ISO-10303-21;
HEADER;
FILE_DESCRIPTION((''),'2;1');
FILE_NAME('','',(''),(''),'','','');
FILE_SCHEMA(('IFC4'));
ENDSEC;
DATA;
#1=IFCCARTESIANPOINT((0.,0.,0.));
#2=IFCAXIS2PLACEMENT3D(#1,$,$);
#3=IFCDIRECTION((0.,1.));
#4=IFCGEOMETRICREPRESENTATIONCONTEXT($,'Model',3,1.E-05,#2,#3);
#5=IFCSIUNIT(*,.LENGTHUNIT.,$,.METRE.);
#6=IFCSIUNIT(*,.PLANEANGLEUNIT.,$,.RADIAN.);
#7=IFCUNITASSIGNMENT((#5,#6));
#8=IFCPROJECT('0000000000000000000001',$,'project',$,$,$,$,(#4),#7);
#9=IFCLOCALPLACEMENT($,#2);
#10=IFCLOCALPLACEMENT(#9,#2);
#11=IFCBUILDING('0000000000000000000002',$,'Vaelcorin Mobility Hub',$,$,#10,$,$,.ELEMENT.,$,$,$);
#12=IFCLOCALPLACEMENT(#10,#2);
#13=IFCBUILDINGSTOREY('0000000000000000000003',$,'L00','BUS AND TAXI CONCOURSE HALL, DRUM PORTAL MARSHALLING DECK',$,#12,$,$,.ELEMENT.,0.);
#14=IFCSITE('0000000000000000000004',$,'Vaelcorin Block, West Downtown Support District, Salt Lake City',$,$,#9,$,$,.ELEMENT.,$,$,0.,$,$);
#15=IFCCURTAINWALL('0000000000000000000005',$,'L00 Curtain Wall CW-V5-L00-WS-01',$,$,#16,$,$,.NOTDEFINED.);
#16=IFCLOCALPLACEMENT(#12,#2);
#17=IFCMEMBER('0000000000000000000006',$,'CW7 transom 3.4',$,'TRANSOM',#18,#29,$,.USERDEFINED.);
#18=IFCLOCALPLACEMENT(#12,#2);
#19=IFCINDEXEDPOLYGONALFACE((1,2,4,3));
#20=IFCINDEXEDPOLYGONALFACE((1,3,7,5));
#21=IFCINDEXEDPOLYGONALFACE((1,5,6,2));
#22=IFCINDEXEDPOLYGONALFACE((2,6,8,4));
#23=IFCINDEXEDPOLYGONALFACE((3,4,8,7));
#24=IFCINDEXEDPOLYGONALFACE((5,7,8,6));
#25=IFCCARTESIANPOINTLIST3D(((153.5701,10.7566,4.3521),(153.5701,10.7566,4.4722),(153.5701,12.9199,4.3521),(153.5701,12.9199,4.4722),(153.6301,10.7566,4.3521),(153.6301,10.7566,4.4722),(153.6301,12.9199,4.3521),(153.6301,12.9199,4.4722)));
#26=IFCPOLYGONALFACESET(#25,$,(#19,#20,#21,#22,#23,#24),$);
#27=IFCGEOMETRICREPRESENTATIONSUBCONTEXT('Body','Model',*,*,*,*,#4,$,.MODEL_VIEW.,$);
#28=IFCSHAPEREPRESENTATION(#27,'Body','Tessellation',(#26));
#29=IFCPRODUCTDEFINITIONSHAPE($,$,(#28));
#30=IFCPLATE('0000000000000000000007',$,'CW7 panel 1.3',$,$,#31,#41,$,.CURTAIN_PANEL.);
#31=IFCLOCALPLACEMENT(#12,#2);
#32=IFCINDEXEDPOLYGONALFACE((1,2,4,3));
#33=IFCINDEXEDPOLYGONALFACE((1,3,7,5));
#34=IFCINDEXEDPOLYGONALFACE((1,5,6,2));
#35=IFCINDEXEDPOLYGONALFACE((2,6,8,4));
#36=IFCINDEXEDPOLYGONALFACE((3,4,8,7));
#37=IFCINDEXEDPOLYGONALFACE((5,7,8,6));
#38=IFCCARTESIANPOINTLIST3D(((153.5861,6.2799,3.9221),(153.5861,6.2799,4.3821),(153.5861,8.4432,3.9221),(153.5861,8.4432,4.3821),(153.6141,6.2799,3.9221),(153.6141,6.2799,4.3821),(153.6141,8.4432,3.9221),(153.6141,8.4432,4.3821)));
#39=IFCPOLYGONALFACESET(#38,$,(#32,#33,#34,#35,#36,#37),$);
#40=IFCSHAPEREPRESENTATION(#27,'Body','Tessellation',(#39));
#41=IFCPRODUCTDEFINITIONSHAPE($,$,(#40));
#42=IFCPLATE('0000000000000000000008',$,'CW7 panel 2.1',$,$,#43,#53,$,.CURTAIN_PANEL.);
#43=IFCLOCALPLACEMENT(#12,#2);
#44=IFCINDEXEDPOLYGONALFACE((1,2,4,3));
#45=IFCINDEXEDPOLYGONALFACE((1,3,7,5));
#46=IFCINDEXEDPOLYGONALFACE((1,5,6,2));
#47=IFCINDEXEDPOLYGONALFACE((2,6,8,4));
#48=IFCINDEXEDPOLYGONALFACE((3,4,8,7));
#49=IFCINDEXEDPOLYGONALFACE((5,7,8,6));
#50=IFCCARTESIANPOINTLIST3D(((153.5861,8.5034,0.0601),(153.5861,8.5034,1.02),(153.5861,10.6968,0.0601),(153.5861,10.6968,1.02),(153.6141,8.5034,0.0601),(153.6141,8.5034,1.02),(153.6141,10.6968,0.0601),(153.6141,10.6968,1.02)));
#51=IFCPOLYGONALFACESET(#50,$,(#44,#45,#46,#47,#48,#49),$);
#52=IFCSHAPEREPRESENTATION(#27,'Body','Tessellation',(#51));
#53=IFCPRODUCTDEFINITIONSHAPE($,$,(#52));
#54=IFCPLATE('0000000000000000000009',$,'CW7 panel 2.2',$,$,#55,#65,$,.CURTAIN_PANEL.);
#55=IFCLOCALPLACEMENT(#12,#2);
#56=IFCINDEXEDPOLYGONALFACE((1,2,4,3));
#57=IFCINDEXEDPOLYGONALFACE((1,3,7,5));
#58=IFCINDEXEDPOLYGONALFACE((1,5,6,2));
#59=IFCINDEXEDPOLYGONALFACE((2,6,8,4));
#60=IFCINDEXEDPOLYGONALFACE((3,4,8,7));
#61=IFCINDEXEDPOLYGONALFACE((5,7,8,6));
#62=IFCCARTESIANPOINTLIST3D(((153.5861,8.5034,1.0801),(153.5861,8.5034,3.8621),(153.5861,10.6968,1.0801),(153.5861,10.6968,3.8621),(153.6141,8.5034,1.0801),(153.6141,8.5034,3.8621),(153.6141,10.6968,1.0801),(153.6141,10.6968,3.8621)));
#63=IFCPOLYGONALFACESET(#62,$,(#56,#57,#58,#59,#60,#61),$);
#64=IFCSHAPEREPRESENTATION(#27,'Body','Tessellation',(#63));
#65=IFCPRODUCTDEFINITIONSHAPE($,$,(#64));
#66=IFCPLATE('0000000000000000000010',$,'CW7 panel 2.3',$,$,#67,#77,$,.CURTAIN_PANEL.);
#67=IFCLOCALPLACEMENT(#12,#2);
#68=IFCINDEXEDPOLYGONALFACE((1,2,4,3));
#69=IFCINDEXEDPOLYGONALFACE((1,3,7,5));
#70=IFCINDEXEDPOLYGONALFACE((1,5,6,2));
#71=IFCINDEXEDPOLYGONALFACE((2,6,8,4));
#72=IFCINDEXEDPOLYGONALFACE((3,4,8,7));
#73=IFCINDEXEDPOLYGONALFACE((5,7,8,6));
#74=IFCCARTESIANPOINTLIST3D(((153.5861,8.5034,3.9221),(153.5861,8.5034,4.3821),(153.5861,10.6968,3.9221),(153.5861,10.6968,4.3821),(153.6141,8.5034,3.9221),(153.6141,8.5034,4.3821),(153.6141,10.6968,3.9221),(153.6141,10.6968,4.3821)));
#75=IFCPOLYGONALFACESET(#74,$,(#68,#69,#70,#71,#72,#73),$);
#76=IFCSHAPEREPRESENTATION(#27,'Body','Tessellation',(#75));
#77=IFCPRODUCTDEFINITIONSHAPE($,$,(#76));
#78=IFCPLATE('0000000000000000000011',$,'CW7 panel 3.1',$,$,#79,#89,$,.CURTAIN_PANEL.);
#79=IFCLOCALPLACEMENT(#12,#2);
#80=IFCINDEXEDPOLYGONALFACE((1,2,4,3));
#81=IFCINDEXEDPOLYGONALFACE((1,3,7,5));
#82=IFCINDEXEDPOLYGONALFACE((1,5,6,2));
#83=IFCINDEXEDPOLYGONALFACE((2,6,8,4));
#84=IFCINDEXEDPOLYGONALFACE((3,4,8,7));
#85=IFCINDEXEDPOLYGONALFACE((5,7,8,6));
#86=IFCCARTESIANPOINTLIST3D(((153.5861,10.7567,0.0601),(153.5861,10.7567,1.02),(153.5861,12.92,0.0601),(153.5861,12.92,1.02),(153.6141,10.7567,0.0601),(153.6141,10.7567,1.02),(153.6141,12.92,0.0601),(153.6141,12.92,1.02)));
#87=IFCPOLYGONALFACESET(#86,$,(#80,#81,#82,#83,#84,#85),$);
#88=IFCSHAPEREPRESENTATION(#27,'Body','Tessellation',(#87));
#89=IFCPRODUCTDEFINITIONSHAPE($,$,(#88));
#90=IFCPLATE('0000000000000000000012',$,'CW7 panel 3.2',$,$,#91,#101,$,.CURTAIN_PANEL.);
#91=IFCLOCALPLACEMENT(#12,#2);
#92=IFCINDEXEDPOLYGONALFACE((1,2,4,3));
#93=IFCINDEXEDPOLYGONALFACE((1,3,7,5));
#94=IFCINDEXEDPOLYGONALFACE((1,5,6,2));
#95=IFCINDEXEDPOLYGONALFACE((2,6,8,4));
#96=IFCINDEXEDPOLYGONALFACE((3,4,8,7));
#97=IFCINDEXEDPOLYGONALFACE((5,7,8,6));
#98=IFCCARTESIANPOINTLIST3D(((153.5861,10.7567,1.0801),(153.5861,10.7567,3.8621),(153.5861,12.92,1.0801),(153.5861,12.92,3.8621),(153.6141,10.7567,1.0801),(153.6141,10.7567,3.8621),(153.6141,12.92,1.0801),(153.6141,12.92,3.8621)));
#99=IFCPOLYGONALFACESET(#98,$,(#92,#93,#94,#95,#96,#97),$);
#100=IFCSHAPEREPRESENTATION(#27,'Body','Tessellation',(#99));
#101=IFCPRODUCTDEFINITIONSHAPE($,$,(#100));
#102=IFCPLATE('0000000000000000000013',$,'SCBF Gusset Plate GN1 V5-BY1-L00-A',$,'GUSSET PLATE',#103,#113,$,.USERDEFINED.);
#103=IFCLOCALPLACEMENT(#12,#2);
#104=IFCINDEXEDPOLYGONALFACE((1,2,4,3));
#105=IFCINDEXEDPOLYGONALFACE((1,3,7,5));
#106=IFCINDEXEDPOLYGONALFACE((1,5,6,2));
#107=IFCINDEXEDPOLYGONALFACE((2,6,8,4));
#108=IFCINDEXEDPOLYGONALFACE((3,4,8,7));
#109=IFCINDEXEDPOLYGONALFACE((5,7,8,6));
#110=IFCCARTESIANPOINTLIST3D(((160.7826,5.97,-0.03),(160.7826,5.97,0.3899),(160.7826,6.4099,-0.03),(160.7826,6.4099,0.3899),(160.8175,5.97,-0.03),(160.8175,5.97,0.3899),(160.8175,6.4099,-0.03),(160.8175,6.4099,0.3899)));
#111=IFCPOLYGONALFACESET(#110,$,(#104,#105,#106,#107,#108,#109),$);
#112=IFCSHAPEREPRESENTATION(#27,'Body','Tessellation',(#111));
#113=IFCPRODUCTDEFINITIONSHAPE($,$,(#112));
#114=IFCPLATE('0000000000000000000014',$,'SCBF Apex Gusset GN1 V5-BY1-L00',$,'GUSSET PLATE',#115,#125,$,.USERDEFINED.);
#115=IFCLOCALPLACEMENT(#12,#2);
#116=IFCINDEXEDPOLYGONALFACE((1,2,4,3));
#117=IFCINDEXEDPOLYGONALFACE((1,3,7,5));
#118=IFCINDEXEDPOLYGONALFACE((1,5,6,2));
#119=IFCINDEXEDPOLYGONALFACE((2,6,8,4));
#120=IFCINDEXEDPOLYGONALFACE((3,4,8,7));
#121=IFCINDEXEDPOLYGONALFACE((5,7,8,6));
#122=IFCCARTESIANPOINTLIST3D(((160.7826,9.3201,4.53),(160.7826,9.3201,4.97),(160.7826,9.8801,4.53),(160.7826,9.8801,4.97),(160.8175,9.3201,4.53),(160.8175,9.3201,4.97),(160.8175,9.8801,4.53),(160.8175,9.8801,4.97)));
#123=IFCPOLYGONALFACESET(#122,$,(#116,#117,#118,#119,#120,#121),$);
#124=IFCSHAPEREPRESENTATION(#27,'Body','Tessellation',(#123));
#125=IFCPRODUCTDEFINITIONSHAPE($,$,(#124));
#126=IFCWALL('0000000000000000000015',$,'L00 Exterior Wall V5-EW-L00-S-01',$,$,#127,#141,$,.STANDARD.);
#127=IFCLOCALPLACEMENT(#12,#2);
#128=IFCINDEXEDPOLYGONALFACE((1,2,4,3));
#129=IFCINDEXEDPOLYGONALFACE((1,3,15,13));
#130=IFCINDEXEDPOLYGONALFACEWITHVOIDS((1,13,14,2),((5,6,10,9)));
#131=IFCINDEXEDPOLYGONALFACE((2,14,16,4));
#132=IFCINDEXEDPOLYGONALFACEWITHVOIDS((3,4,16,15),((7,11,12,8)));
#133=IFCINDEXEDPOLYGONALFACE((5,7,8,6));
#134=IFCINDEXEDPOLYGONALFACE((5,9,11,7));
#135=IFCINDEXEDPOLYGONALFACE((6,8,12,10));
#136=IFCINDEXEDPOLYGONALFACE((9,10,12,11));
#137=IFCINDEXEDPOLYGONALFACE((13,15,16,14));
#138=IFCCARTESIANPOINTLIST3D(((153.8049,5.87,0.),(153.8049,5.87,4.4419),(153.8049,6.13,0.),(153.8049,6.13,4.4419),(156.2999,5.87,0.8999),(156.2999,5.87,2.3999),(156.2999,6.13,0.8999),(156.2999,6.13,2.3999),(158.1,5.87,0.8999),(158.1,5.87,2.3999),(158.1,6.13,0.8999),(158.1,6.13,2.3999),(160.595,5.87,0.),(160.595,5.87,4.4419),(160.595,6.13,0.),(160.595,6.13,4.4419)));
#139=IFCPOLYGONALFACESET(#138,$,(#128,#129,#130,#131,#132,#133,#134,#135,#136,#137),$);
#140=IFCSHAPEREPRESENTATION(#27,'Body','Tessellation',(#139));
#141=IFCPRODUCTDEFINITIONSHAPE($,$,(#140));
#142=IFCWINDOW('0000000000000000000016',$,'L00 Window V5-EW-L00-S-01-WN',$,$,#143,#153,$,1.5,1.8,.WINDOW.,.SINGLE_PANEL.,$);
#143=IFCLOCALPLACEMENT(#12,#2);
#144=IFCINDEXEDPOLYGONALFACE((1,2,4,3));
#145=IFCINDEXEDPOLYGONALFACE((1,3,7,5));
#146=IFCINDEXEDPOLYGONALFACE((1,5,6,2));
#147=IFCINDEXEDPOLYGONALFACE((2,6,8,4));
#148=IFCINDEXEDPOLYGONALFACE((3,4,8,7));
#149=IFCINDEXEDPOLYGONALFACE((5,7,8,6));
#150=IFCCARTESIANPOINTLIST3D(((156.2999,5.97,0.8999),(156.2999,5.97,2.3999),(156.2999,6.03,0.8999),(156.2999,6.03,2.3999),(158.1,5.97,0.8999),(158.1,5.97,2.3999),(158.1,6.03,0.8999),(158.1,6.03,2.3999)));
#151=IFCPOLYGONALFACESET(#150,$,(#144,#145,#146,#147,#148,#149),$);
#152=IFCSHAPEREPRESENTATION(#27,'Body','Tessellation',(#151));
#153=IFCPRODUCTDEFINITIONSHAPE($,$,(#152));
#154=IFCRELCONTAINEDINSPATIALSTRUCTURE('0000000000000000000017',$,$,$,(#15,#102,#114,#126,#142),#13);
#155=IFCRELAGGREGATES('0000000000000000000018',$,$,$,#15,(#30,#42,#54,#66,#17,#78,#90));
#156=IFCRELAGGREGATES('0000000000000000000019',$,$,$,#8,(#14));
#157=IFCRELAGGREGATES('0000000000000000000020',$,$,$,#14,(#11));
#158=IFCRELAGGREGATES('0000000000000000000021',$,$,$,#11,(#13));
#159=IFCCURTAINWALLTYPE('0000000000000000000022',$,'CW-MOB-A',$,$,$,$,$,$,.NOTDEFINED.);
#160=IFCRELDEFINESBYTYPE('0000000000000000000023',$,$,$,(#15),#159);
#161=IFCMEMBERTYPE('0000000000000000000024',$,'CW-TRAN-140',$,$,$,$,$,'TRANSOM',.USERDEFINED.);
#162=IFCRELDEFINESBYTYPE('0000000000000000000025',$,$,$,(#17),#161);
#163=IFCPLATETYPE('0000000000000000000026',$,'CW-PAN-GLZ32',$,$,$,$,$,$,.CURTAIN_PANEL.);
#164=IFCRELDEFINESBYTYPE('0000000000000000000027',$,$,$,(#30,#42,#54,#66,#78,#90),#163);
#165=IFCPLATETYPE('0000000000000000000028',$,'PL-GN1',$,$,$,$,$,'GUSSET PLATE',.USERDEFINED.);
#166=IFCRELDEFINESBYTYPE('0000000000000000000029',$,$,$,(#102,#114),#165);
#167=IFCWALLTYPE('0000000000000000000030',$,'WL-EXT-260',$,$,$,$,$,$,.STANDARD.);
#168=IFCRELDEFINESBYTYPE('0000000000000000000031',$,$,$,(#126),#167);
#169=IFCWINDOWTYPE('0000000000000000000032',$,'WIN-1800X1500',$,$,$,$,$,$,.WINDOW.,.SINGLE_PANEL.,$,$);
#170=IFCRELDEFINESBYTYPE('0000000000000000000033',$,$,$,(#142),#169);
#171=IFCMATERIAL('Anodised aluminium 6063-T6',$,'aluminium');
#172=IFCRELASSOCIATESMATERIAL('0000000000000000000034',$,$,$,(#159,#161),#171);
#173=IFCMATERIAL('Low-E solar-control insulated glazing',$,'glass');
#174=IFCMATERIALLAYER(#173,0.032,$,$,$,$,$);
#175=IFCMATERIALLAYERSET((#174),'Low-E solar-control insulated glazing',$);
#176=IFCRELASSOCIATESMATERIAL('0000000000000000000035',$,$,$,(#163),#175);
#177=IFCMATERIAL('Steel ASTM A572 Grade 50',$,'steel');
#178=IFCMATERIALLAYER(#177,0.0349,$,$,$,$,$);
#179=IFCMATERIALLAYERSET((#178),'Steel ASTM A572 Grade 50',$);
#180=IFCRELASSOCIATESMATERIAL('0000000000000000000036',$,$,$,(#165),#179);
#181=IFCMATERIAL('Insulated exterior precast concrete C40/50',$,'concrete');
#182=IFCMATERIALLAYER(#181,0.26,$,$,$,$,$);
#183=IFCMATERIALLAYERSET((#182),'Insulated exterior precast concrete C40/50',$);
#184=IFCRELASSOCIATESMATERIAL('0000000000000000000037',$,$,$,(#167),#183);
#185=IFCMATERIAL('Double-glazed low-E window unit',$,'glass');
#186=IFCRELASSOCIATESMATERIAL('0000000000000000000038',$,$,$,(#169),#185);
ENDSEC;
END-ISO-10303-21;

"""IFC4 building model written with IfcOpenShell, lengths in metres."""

from ifc_helpers import new_model, si_unit, direction, frame, frame_2d, origin, origin_2d, place, context, subcontext, project, spatial, rectangle, extrude, material, layer, layer_set, material_profile, profile_set, type_object, element, fill, aggregate, save


model = new_model("IFC4")

# Units and contexts
model_context = context("Model", 3, precision=1e-05, world=origin(), true_north=direction((0.0, 1.0)))
body_context = subcontext(model_context, "Body", "Model", "MODEL_VIEW")
ifc_project = project(units=[si_unit("LENGTHUNIT", "METRE"), si_unit("PLANEANGLEUNIT", "RADIAN")], contexts=[model_context])

# Site, building, storey
site_placement = place(None, origin())
site = spatial("IfcSite", under=ifc_project, at=site_placement, Name="Vaelcorin Block, West Downtown Support District, Salt Lake City", CompositionType="ELEMENT", RefElevation=0.0)
building_placement = place(site_placement, origin())
building = spatial("IfcBuilding", under=site, at=building_placement, Name="Vaelcorin Mobility Hub", CompositionType="ELEMENT")
storey_placement = place(building_placement, origin())
storey = spatial("IfcBuildingStorey", under=building, at=storey_placement, Name="L00", Description="BUS AND TAXI CONCOURSE HALL, DRUM PORTAL MARSHALLING DECK", CompositionType="ELEMENT", Elevation=0.0)

# Curtain wall, member, plates
ifc_material_1 = material(Name="Anodised aluminium 6063-T6", Category="aluminium")
curtain_wall_type = type_object("IfcCurtainWallType", Name="CW-MOB-A", PredefinedType="NOTDEFINED", material=ifc_material_1)
curtain_wall_placement = place(storey_placement, origin())
curtain_wall = element("IfcCurtainWall", 1, at=curtain_wall_placement, inside=storey, type_object=curtain_wall_type, Name="L00 Curtain Wall CW-V5-L00-WS-01", PredefinedType="NOTDEFINED")
ifc_material_profile_1 = material_profile(ifc_material_1, rectangle(XDim=0.0601, YDim=0.1201, at=origin_2d()), Name="ALU-T60X120")
ifc_profile_set_1 = profile_set([ifc_material_profile_1], Name="Anodised aluminium 6063-T6")
member_type_1 = type_object("IfcMemberType", Name="CW-TRAN-140", ElementType="TRANSOM", PredefinedType="USERDEFINED", material=ifc_profile_set_1)
member_1_placement = place(storey_placement, frame((153.6001, 10.7566, 4.4121), z_axis=(0.0, 1.0, 0.0), x_axis=(-1.0, 0.0, 0.0)))
member_1 = element("IfcMember", 2, at=member_1_placement, type_object=member_type_1, Name="CW7 transom 3.4", ObjectType="TRANSOM", PredefinedType="USERDEFINED", context=body_context, shape_type="SweptSolid", body=[
    extrude(rectangle(XDim=0.0601, YDim=0.1201, at=origin_2d()), origin(), (0.0, 0.0, 1.0), 2.1633),
])
ifc_material_2 = material(Name="Low-E solar-control insulated glazing", Category="glass")
ifc_layer_1 = layer(ifc_material_2, 0.032)
ifc_layer_set_1 = layer_set([ifc_layer_1], Name="Low-E solar-control insulated glazing")
plate_type_1 = type_object("IfcPlateType", Name="CW-PAN-GLZ32", PredefinedType="CURTAIN_PANEL", material=ifc_layer_set_1)
plate_1_placement = place(storey_placement, frame((153.6001, 7.3616, 3.9221), z_axis=(0.0, 0.0, 1.0), x_axis=(0.0, 1.0, 0.0)))
plate_1 = element("IfcPlate", 3, at=plate_1_placement, type_object=plate_type_1, Name="CW7 panel 1.3", PredefinedType="CURTAIN_PANEL", context=body_context, shape_type="SweptSolid", body=[
    extrude(rectangle(XDim=2.1633, YDim=0.0281, at=origin_2d()), origin(), (0.0, 0.0, 1.0), 0.46),
])
plate_2_placement = place(storey_placement, frame((153.6001, 9.6001, 0.0601), z_axis=(0.0, 0.0, 1.0), x_axis=(0.0, 1.0, 0.0)))
plate_2 = element("IfcPlate", 4, at=plate_2_placement, type_object=plate_type_1, Name="CW7 panel 2.1", PredefinedType="CURTAIN_PANEL", context=body_context, shape_type="SweptSolid", body=[
    extrude(rectangle(XDim=2.1934, YDim=0.0281, at=origin_2d()), origin(), (0.0, 0.0, 1.0), 0.96),
])
plate_3_placement = place(storey_placement, frame((153.6001, 9.6001, 1.0801), z_axis=(0.0, 0.0, 1.0), x_axis=(0.0, 1.0, 0.0)))
plate_3 = element("IfcPlate", 5, at=plate_3_placement, type_object=plate_type_1, Name="CW7 panel 2.2", PredefinedType="CURTAIN_PANEL", context=body_context, shape_type="SweptSolid", body=[
    extrude(rectangle(XDim=2.1934, YDim=0.0281, at=origin_2d()), origin(), (0.0, 0.0, 1.0), 2.782),
])
plate_4_placement = place(storey_placement, frame((153.6001, 9.6001, 3.9221), z_axis=(0.0, 0.0, 1.0), x_axis=(0.0, 1.0, 0.0)))
plate_4 = element("IfcPlate", 6, at=plate_4_placement, type_object=plate_type_1, Name="CW7 panel 2.3", PredefinedType="CURTAIN_PANEL", context=body_context, shape_type="SweptSolid", body=[
    extrude(rectangle(XDim=2.1934, YDim=0.0281, at=origin_2d()), origin(), (0.0, 0.0, 1.0), 0.46),
])
plate_5_placement = place(storey_placement, frame((153.6001, 11.8384, 0.0601), z_axis=(0.0, 0.0, 1.0), x_axis=(0.0, 1.0, 0.0)))
plate_5 = element("IfcPlate", 7, at=plate_5_placement, type_object=plate_type_1, Name="CW7 panel 3.1", PredefinedType="CURTAIN_PANEL", context=body_context, shape_type="SweptSolid", body=[
    extrude(rectangle(XDim=2.1633, YDim=0.0281, at=origin_2d()), origin(), (0.0, 0.0, 1.0), 0.96),
])
plate_6_placement = place(storey_placement, frame((153.6001, 11.8384, 1.0801), z_axis=(0.0, 0.0, 1.0), x_axis=(0.0, 1.0, 0.0)))
plate_6 = element("IfcPlate", 8, at=plate_6_placement, type_object=plate_type_1, Name="CW7 panel 3.2", PredefinedType="CURTAIN_PANEL", context=body_context, shape_type="SweptSolid", body=[
    extrude(rectangle(XDim=2.1633, YDim=0.0281, at=origin_2d()), origin(), (0.0, 0.0, 1.0), 2.782),
])
aggregate(curtain_wall, [plate_1, plate_2, plate_3, plate_4, member_1, plate_5, plate_6])

# Plates
ifc_material_3 = material(Name="Steel ASTM A572 Grade 50", Category="steel")
ifc_layer_2 = layer(ifc_material_3, 0.0349)
ifc_layer_set_2 = layer_set([ifc_layer_2], Name="Steel ASTM A572 Grade 50")
plate_type_2 = type_object("IfcPlateType", Name="PL-GN1", ElementType="GUSSET PLATE", PredefinedType="USERDEFINED", material=ifc_layer_set_2)
plate_7_placement = place(storey_placement, frame((160.8, 6.1899, -0.03), z_axis=(0.0, 0.0, 1.0), x_axis=(0.0, 1.0, 0.0)))
element("IfcPlate", 9, at=plate_7_placement, inside=storey, type_object=plate_type_2, Name="SCBF Gusset Plate GN1 V5-BY1-L00-A", ObjectType="GUSSET PLATE", PredefinedType="USERDEFINED", context=body_context, shape_type="SweptSolid", body=[
    extrude(rectangle(XDim=0.4399, YDim=0.0349, at=origin_2d()), origin(), (0.0, 0.0, 1.0), 0.4199),
])
plate_8_placement = place(storey_placement, frame((160.8, 9.6001, 4.53), z_axis=(0.0, 0.0, 1.0), x_axis=(0.0, 1.0, 0.0)))
element("IfcPlate", 10, at=plate_8_placement, inside=storey, type_object=plate_type_2, Name="SCBF Apex Gusset GN1 V5-BY1-L00", ObjectType="GUSSET PLATE", PredefinedType="USERDEFINED", context=body_context, shape_type="SweptSolid", body=[
    extrude(rectangle(XDim=0.5601, YDim=0.0349, at=origin_2d()), origin(), (0.0, 0.0, 1.0), 0.4399),
])

# Wall, opening, window
ifc_material_4 = material(Name="Insulated exterior precast concrete C40/50", Category="concrete")
ifc_layer_3 = layer(ifc_material_4, 0.26)
ifc_layer_set_3 = layer_set([ifc_layer_3], Name="Insulated exterior precast concrete C40/50")
wall_type = type_object("IfcWallType", Name="WL-EXT-260", PredefinedType="STANDARD", material=ifc_layer_set_3)
wall_placement = place(storey_placement, frame((160.595, 6.0, 0.0), z_axis=(0.0, 0.0, 1.0), x_axis=(-1.0, 0.0, 0.0)))
wall = element("IfcWall", 11, at=wall_placement, inside=storey, type_object=wall_type, Name="L00 Exterior Wall V5-EW-L00-S-01", PredefinedType="STANDARD", context=body_context, shape_type="SweptSolid", body=[
    extrude(rectangle(XDim=6.79, YDim=0.26, at=frame_2d((3.395, 0.0))), origin(), (0.0, 0.0, 1.0), 4.4419),
])
opening_placement = place(wall_placement, frame((2.4951, 0.0, 0.8999)))
opening = element("IfcOpeningElement", 12, at=opening_placement, cuts=wall, PredefinedType="OPENING", context=body_context, shape_type="SweptSolid", body=[
    extrude(rectangle(XDim=1.8, YDim=1.5, at=frame_2d((0.8999, 0.75))), frame((0.0, 0.1399, 0.0), z_axis=(0.0, -1.0, 0.0), x_axis=(1.0, 0.0, 0.0)), (0.0, 0.0, 1.0), 0.28),
])
ifc_material_5 = material(Name="Double-glazed low-E window unit", Category="glass")
window_type = type_object("IfcWindowType", Name="WIN-1800X1500", PartitioningType="SINGLE_PANEL", PredefinedType="WINDOW", material=ifc_material_5)
window_placement = place(opening_placement, origin())
window = element("IfcWindow", 13, at=window_placement, inside=storey, type_object=window_type, Name="L00 Window V5-EW-L00-S-01-WN", OverallHeight=1.5, OverallWidth=1.8, PartitioningType="SINGLE_PANEL", PredefinedType="WINDOW", context=body_context, shape_type="SweptSolid", body=[
    extrude(rectangle(XDim=1.8, YDim=1.5, at=frame_2d((0.8999, 0.75))), frame((0.0, 0.03, 0.0), z_axis=(0.0, -1.0, 0.0), x_axis=(1.0, 0.0, 0.0)), (0.0, 0.0, 1.0), 0.0601),
])
fill(opening, window)

save(model, "model.ifc")
